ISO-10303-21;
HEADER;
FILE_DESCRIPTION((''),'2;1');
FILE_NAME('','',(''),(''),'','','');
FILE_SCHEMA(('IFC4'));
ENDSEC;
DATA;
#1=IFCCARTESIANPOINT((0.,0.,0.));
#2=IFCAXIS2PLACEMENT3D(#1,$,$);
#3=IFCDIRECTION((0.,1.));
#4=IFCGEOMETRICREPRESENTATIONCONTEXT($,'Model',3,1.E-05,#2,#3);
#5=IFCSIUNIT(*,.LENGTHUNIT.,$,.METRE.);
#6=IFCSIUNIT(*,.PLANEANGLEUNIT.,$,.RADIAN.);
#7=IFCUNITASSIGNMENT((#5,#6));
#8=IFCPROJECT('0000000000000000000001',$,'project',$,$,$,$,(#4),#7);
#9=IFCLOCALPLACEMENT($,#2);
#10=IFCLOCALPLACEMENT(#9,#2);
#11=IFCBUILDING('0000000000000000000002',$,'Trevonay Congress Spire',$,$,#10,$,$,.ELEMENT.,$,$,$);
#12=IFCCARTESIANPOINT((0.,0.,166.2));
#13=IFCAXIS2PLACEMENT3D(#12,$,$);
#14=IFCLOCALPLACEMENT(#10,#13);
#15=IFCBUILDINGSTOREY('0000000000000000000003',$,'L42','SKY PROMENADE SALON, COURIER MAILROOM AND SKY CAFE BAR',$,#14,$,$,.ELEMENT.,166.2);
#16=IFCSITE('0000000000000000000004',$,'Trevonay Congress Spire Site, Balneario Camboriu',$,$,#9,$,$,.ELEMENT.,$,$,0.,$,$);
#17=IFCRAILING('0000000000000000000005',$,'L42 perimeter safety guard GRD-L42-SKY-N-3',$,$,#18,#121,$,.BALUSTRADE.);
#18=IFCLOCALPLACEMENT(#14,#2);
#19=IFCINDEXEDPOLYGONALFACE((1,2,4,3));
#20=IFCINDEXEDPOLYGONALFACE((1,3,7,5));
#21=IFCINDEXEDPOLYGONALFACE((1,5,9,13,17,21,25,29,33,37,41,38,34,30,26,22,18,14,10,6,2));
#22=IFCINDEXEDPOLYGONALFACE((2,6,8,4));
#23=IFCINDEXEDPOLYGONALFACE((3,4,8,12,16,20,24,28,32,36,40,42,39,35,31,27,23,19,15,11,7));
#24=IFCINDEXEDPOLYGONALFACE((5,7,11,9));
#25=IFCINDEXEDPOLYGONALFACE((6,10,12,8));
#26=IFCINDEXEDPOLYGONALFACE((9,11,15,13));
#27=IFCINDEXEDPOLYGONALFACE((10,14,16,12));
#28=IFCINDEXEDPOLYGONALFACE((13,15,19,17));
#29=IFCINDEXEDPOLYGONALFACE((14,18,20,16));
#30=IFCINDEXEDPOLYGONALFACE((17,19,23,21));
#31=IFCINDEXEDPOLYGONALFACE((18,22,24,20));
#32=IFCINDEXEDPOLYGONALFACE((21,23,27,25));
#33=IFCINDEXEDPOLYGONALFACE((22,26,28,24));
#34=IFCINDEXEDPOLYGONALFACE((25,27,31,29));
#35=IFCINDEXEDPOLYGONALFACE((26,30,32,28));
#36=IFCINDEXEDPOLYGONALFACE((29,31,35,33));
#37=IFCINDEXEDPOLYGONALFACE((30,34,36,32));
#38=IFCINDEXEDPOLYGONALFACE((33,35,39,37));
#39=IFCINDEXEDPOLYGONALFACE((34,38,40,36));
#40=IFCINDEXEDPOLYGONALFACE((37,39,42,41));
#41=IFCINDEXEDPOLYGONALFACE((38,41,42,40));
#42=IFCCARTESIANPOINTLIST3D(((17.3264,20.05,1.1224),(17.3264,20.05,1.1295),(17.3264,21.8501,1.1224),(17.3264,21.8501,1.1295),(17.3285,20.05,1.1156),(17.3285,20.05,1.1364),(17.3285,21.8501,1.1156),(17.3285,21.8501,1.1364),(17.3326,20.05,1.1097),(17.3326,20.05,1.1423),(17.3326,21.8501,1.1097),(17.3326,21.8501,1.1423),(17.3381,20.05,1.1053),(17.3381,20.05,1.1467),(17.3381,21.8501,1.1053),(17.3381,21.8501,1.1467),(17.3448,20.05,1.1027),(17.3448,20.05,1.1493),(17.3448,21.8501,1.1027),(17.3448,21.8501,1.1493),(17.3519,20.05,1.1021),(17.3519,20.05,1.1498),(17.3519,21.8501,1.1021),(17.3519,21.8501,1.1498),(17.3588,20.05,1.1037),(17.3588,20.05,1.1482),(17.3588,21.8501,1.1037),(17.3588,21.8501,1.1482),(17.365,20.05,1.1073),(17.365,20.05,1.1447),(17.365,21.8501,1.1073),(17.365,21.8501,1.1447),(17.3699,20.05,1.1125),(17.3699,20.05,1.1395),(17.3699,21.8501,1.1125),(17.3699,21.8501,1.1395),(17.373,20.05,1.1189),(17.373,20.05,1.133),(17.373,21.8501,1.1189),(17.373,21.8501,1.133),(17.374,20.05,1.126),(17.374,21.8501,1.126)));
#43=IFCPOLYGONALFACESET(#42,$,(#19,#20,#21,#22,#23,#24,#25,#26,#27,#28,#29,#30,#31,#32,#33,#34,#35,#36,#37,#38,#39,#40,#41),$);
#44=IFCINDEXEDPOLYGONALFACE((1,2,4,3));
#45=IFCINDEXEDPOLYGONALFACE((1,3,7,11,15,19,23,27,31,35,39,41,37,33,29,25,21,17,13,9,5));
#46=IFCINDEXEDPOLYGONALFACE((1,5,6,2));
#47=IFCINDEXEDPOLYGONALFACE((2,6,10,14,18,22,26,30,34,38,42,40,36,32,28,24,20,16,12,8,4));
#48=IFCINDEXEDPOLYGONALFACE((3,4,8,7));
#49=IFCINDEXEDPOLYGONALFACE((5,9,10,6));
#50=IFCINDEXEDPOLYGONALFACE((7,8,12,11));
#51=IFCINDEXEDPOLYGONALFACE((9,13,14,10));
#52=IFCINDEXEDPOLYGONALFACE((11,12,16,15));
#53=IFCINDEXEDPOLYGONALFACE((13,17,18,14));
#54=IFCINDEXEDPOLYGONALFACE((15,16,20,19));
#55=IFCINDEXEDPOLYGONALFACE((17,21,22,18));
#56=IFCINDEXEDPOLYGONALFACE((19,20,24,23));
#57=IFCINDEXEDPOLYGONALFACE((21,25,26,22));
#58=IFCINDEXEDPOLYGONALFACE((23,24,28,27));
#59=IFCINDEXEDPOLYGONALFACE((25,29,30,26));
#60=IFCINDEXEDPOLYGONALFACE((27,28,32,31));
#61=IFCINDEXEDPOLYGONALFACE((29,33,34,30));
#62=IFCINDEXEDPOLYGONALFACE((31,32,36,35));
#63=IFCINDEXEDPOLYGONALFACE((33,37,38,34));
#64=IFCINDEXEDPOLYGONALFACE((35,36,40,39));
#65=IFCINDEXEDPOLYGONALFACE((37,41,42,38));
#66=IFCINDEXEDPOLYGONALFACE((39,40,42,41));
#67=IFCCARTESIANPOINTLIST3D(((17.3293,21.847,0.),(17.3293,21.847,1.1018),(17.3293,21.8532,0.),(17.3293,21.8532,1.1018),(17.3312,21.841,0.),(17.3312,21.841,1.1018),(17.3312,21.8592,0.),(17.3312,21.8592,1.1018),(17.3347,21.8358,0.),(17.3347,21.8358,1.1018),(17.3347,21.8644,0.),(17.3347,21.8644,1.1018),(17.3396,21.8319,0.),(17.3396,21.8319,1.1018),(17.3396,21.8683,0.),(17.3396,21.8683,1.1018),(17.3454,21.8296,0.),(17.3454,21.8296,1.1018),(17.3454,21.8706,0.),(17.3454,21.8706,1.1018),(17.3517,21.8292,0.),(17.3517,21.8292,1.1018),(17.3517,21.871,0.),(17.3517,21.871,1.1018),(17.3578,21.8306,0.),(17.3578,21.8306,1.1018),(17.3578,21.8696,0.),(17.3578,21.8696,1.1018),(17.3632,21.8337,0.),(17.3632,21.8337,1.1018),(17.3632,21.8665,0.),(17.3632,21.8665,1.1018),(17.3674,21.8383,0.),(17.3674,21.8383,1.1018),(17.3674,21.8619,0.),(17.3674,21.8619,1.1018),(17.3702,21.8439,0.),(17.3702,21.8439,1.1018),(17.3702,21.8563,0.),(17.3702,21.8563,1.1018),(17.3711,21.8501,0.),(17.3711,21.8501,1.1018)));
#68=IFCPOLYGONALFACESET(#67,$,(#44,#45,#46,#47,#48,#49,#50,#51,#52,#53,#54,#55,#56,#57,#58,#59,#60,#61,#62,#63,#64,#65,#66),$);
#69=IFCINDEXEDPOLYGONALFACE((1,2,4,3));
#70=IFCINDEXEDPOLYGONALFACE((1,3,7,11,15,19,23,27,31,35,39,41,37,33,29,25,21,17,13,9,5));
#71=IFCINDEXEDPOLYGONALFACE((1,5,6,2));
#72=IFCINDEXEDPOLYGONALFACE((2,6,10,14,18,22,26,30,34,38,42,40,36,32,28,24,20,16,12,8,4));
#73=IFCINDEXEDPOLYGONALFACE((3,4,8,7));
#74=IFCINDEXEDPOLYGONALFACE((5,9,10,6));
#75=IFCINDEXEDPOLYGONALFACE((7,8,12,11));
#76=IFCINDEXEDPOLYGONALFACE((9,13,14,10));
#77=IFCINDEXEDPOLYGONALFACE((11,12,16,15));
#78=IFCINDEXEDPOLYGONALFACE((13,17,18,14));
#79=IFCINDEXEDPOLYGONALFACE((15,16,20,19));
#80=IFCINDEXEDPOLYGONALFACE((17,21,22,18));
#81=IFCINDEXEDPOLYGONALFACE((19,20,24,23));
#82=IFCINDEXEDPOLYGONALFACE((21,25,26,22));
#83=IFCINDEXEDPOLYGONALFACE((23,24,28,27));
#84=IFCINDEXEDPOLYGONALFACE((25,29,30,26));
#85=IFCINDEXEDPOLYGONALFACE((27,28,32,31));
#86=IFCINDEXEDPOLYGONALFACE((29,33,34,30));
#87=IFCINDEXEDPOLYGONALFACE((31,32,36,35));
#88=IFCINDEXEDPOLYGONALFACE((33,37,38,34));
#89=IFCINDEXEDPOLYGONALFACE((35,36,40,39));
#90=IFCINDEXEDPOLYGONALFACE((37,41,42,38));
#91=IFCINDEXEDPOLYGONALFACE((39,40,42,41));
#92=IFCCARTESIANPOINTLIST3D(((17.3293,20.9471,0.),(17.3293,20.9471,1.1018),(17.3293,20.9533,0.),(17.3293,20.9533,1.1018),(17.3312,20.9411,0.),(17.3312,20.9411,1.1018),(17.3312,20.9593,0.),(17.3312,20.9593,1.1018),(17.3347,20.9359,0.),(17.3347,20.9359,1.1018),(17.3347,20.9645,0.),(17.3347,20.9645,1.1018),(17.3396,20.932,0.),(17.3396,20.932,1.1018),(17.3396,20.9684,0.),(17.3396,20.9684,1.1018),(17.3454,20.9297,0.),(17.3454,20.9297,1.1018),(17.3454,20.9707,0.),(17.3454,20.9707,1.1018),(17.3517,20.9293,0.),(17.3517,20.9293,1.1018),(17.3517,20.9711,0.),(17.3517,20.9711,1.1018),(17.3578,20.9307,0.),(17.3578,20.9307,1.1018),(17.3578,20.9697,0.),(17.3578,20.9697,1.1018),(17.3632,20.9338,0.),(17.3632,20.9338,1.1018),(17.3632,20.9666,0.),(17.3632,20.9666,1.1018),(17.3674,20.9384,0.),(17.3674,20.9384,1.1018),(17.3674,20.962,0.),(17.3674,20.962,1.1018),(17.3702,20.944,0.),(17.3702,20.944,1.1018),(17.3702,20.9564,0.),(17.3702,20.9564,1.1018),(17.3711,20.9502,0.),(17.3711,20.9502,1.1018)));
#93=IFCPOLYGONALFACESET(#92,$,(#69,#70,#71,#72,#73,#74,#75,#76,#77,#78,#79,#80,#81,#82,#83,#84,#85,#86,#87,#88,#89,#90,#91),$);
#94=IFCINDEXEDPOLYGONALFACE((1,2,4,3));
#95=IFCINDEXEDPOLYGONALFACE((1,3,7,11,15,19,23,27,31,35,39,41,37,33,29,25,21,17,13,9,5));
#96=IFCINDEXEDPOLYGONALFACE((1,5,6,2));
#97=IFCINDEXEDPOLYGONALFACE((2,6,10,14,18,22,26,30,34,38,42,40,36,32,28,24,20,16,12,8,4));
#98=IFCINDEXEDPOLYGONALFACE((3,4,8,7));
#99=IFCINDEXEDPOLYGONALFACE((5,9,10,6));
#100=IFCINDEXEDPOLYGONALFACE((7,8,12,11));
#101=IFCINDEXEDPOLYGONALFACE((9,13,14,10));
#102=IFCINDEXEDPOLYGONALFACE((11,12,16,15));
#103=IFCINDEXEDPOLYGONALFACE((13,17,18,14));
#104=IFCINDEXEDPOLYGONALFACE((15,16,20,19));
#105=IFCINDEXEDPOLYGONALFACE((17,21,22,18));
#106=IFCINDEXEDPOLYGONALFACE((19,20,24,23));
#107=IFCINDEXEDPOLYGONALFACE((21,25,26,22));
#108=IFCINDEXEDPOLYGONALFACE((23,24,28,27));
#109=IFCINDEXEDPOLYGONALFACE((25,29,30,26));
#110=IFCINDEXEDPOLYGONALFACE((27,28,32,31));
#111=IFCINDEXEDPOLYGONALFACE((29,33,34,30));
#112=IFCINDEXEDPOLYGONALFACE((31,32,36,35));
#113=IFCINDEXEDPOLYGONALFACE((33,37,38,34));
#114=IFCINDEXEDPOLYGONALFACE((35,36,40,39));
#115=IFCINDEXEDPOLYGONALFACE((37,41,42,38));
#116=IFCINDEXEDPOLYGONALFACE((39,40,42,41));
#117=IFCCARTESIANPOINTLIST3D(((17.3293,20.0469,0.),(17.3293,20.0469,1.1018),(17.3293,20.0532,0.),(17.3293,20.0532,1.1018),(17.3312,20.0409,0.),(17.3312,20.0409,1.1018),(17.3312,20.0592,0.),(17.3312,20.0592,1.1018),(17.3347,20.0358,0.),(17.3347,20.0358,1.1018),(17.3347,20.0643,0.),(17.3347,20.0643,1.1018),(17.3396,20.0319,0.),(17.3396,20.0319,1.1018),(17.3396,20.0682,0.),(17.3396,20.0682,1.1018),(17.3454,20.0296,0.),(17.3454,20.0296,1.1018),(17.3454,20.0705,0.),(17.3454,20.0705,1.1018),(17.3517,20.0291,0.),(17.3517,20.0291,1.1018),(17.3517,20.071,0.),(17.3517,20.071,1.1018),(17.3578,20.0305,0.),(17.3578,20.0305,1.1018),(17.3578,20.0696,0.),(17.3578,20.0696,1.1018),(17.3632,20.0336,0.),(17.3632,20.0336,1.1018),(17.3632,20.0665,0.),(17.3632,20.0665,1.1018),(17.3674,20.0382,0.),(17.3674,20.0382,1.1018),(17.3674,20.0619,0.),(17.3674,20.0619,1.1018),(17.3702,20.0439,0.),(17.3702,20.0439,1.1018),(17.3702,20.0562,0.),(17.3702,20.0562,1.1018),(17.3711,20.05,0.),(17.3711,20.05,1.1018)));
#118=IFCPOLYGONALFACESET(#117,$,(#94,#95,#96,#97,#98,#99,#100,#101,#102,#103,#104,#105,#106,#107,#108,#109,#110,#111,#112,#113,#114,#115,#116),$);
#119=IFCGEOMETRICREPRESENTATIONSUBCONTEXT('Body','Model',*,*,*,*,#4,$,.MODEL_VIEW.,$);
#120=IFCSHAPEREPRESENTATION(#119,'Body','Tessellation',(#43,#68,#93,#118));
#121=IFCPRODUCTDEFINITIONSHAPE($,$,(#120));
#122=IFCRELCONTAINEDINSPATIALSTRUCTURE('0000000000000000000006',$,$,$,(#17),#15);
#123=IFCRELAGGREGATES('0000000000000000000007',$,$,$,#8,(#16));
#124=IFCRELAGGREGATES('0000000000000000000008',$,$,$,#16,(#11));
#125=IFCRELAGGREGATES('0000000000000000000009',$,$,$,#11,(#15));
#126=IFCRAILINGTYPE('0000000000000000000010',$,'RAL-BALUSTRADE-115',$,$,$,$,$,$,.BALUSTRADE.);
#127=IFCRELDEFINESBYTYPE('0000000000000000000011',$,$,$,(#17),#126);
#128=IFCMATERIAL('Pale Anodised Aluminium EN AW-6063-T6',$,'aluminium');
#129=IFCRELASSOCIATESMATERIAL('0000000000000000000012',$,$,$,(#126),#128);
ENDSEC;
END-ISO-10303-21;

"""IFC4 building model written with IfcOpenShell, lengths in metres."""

from ifc_helpers import new_model, si_unit, direction, frame, origin, origin_2d, place, context, subcontext, project, spatial, circle, extrude, material, type_object, element, save


model = new_model("IFC4")

# Units and contexts
model_context = context("Model", 3, precision=1e-05, world=origin(), true_north=direction((0.0, 1.0)))
body_context = subcontext(model_context, "Body", "Model", "MODEL_VIEW")
ifc_project = project(units=[si_unit("LENGTHUNIT", "METRE"), si_unit("PLANEANGLEUNIT", "RADIAN")], contexts=[model_context])

# Site, building, storey
site_placement = place(None, origin())
site = spatial("IfcSite", under=ifc_project, at=site_placement, Name="Trevonay Congress Spire Site, Balneario Camboriu", CompositionType="ELEMENT", RefElevation=0.0)
building_placement = place(site_placement, origin())
building = spatial("IfcBuilding", under=site, at=building_placement, Name="Trevonay Congress Spire", CompositionType="ELEMENT")
storey_placement = place(building_placement, frame((0.0, 0.0, 166.2)))
storey = spatial("IfcBuildingStorey", under=building, at=storey_placement, Name="L42", Description="SKY PROMENADE SALON, COURIER MAILROOM AND SKY CAFE BAR", CompositionType="ELEMENT", Elevation=166.2)

# Shared definitions
ifc_material_1 = material(Name="Pale Anodised Aluminium EN AW-6063-T6", Category="aluminium")

# Railing
railing_type = type_object("IfcRailingType", Name="RAL-BALUSTRADE-115", PredefinedType="BALUSTRADE", material=ifc_material_1)
railing_placement = place(storey_placement, frame((17.3501, 21.8501, 0.0)))
element("IfcRailing", 1, at=railing_placement, inside=storey, type_object=railing_type, Name="L42 perimeter safety guard GRD-L42-SKY-N-3", PredefinedType="BALUSTRADE", context=body_context, shape_type="SweptSolid", body=[
    extrude(circle(Radius=0.0239, at=origin_2d()), frame((0.0, 0.0, 1.126), z_axis=(0.0, -1.0, 0.0), x_axis=(1.0, 0.0, 0.0)), (0.0, 0.0, 1.0), 1.8),
    extrude(circle(Radius=0.021, at=origin_2d()), origin(), (0.0, 0.0, 1.0), 1.1018),
    extrude(circle(Radius=0.021, at=origin_2d()), frame((0.0, -0.8999, 0.0)), (0.0, 0.0, 1.0), 1.1018),
    extrude(circle(Radius=0.021, at=origin_2d()), frame((0.0, -1.8, 0.0)), (0.0, 0.0, 1.0), 1.1018),
])

save(model, "model.ifc")
